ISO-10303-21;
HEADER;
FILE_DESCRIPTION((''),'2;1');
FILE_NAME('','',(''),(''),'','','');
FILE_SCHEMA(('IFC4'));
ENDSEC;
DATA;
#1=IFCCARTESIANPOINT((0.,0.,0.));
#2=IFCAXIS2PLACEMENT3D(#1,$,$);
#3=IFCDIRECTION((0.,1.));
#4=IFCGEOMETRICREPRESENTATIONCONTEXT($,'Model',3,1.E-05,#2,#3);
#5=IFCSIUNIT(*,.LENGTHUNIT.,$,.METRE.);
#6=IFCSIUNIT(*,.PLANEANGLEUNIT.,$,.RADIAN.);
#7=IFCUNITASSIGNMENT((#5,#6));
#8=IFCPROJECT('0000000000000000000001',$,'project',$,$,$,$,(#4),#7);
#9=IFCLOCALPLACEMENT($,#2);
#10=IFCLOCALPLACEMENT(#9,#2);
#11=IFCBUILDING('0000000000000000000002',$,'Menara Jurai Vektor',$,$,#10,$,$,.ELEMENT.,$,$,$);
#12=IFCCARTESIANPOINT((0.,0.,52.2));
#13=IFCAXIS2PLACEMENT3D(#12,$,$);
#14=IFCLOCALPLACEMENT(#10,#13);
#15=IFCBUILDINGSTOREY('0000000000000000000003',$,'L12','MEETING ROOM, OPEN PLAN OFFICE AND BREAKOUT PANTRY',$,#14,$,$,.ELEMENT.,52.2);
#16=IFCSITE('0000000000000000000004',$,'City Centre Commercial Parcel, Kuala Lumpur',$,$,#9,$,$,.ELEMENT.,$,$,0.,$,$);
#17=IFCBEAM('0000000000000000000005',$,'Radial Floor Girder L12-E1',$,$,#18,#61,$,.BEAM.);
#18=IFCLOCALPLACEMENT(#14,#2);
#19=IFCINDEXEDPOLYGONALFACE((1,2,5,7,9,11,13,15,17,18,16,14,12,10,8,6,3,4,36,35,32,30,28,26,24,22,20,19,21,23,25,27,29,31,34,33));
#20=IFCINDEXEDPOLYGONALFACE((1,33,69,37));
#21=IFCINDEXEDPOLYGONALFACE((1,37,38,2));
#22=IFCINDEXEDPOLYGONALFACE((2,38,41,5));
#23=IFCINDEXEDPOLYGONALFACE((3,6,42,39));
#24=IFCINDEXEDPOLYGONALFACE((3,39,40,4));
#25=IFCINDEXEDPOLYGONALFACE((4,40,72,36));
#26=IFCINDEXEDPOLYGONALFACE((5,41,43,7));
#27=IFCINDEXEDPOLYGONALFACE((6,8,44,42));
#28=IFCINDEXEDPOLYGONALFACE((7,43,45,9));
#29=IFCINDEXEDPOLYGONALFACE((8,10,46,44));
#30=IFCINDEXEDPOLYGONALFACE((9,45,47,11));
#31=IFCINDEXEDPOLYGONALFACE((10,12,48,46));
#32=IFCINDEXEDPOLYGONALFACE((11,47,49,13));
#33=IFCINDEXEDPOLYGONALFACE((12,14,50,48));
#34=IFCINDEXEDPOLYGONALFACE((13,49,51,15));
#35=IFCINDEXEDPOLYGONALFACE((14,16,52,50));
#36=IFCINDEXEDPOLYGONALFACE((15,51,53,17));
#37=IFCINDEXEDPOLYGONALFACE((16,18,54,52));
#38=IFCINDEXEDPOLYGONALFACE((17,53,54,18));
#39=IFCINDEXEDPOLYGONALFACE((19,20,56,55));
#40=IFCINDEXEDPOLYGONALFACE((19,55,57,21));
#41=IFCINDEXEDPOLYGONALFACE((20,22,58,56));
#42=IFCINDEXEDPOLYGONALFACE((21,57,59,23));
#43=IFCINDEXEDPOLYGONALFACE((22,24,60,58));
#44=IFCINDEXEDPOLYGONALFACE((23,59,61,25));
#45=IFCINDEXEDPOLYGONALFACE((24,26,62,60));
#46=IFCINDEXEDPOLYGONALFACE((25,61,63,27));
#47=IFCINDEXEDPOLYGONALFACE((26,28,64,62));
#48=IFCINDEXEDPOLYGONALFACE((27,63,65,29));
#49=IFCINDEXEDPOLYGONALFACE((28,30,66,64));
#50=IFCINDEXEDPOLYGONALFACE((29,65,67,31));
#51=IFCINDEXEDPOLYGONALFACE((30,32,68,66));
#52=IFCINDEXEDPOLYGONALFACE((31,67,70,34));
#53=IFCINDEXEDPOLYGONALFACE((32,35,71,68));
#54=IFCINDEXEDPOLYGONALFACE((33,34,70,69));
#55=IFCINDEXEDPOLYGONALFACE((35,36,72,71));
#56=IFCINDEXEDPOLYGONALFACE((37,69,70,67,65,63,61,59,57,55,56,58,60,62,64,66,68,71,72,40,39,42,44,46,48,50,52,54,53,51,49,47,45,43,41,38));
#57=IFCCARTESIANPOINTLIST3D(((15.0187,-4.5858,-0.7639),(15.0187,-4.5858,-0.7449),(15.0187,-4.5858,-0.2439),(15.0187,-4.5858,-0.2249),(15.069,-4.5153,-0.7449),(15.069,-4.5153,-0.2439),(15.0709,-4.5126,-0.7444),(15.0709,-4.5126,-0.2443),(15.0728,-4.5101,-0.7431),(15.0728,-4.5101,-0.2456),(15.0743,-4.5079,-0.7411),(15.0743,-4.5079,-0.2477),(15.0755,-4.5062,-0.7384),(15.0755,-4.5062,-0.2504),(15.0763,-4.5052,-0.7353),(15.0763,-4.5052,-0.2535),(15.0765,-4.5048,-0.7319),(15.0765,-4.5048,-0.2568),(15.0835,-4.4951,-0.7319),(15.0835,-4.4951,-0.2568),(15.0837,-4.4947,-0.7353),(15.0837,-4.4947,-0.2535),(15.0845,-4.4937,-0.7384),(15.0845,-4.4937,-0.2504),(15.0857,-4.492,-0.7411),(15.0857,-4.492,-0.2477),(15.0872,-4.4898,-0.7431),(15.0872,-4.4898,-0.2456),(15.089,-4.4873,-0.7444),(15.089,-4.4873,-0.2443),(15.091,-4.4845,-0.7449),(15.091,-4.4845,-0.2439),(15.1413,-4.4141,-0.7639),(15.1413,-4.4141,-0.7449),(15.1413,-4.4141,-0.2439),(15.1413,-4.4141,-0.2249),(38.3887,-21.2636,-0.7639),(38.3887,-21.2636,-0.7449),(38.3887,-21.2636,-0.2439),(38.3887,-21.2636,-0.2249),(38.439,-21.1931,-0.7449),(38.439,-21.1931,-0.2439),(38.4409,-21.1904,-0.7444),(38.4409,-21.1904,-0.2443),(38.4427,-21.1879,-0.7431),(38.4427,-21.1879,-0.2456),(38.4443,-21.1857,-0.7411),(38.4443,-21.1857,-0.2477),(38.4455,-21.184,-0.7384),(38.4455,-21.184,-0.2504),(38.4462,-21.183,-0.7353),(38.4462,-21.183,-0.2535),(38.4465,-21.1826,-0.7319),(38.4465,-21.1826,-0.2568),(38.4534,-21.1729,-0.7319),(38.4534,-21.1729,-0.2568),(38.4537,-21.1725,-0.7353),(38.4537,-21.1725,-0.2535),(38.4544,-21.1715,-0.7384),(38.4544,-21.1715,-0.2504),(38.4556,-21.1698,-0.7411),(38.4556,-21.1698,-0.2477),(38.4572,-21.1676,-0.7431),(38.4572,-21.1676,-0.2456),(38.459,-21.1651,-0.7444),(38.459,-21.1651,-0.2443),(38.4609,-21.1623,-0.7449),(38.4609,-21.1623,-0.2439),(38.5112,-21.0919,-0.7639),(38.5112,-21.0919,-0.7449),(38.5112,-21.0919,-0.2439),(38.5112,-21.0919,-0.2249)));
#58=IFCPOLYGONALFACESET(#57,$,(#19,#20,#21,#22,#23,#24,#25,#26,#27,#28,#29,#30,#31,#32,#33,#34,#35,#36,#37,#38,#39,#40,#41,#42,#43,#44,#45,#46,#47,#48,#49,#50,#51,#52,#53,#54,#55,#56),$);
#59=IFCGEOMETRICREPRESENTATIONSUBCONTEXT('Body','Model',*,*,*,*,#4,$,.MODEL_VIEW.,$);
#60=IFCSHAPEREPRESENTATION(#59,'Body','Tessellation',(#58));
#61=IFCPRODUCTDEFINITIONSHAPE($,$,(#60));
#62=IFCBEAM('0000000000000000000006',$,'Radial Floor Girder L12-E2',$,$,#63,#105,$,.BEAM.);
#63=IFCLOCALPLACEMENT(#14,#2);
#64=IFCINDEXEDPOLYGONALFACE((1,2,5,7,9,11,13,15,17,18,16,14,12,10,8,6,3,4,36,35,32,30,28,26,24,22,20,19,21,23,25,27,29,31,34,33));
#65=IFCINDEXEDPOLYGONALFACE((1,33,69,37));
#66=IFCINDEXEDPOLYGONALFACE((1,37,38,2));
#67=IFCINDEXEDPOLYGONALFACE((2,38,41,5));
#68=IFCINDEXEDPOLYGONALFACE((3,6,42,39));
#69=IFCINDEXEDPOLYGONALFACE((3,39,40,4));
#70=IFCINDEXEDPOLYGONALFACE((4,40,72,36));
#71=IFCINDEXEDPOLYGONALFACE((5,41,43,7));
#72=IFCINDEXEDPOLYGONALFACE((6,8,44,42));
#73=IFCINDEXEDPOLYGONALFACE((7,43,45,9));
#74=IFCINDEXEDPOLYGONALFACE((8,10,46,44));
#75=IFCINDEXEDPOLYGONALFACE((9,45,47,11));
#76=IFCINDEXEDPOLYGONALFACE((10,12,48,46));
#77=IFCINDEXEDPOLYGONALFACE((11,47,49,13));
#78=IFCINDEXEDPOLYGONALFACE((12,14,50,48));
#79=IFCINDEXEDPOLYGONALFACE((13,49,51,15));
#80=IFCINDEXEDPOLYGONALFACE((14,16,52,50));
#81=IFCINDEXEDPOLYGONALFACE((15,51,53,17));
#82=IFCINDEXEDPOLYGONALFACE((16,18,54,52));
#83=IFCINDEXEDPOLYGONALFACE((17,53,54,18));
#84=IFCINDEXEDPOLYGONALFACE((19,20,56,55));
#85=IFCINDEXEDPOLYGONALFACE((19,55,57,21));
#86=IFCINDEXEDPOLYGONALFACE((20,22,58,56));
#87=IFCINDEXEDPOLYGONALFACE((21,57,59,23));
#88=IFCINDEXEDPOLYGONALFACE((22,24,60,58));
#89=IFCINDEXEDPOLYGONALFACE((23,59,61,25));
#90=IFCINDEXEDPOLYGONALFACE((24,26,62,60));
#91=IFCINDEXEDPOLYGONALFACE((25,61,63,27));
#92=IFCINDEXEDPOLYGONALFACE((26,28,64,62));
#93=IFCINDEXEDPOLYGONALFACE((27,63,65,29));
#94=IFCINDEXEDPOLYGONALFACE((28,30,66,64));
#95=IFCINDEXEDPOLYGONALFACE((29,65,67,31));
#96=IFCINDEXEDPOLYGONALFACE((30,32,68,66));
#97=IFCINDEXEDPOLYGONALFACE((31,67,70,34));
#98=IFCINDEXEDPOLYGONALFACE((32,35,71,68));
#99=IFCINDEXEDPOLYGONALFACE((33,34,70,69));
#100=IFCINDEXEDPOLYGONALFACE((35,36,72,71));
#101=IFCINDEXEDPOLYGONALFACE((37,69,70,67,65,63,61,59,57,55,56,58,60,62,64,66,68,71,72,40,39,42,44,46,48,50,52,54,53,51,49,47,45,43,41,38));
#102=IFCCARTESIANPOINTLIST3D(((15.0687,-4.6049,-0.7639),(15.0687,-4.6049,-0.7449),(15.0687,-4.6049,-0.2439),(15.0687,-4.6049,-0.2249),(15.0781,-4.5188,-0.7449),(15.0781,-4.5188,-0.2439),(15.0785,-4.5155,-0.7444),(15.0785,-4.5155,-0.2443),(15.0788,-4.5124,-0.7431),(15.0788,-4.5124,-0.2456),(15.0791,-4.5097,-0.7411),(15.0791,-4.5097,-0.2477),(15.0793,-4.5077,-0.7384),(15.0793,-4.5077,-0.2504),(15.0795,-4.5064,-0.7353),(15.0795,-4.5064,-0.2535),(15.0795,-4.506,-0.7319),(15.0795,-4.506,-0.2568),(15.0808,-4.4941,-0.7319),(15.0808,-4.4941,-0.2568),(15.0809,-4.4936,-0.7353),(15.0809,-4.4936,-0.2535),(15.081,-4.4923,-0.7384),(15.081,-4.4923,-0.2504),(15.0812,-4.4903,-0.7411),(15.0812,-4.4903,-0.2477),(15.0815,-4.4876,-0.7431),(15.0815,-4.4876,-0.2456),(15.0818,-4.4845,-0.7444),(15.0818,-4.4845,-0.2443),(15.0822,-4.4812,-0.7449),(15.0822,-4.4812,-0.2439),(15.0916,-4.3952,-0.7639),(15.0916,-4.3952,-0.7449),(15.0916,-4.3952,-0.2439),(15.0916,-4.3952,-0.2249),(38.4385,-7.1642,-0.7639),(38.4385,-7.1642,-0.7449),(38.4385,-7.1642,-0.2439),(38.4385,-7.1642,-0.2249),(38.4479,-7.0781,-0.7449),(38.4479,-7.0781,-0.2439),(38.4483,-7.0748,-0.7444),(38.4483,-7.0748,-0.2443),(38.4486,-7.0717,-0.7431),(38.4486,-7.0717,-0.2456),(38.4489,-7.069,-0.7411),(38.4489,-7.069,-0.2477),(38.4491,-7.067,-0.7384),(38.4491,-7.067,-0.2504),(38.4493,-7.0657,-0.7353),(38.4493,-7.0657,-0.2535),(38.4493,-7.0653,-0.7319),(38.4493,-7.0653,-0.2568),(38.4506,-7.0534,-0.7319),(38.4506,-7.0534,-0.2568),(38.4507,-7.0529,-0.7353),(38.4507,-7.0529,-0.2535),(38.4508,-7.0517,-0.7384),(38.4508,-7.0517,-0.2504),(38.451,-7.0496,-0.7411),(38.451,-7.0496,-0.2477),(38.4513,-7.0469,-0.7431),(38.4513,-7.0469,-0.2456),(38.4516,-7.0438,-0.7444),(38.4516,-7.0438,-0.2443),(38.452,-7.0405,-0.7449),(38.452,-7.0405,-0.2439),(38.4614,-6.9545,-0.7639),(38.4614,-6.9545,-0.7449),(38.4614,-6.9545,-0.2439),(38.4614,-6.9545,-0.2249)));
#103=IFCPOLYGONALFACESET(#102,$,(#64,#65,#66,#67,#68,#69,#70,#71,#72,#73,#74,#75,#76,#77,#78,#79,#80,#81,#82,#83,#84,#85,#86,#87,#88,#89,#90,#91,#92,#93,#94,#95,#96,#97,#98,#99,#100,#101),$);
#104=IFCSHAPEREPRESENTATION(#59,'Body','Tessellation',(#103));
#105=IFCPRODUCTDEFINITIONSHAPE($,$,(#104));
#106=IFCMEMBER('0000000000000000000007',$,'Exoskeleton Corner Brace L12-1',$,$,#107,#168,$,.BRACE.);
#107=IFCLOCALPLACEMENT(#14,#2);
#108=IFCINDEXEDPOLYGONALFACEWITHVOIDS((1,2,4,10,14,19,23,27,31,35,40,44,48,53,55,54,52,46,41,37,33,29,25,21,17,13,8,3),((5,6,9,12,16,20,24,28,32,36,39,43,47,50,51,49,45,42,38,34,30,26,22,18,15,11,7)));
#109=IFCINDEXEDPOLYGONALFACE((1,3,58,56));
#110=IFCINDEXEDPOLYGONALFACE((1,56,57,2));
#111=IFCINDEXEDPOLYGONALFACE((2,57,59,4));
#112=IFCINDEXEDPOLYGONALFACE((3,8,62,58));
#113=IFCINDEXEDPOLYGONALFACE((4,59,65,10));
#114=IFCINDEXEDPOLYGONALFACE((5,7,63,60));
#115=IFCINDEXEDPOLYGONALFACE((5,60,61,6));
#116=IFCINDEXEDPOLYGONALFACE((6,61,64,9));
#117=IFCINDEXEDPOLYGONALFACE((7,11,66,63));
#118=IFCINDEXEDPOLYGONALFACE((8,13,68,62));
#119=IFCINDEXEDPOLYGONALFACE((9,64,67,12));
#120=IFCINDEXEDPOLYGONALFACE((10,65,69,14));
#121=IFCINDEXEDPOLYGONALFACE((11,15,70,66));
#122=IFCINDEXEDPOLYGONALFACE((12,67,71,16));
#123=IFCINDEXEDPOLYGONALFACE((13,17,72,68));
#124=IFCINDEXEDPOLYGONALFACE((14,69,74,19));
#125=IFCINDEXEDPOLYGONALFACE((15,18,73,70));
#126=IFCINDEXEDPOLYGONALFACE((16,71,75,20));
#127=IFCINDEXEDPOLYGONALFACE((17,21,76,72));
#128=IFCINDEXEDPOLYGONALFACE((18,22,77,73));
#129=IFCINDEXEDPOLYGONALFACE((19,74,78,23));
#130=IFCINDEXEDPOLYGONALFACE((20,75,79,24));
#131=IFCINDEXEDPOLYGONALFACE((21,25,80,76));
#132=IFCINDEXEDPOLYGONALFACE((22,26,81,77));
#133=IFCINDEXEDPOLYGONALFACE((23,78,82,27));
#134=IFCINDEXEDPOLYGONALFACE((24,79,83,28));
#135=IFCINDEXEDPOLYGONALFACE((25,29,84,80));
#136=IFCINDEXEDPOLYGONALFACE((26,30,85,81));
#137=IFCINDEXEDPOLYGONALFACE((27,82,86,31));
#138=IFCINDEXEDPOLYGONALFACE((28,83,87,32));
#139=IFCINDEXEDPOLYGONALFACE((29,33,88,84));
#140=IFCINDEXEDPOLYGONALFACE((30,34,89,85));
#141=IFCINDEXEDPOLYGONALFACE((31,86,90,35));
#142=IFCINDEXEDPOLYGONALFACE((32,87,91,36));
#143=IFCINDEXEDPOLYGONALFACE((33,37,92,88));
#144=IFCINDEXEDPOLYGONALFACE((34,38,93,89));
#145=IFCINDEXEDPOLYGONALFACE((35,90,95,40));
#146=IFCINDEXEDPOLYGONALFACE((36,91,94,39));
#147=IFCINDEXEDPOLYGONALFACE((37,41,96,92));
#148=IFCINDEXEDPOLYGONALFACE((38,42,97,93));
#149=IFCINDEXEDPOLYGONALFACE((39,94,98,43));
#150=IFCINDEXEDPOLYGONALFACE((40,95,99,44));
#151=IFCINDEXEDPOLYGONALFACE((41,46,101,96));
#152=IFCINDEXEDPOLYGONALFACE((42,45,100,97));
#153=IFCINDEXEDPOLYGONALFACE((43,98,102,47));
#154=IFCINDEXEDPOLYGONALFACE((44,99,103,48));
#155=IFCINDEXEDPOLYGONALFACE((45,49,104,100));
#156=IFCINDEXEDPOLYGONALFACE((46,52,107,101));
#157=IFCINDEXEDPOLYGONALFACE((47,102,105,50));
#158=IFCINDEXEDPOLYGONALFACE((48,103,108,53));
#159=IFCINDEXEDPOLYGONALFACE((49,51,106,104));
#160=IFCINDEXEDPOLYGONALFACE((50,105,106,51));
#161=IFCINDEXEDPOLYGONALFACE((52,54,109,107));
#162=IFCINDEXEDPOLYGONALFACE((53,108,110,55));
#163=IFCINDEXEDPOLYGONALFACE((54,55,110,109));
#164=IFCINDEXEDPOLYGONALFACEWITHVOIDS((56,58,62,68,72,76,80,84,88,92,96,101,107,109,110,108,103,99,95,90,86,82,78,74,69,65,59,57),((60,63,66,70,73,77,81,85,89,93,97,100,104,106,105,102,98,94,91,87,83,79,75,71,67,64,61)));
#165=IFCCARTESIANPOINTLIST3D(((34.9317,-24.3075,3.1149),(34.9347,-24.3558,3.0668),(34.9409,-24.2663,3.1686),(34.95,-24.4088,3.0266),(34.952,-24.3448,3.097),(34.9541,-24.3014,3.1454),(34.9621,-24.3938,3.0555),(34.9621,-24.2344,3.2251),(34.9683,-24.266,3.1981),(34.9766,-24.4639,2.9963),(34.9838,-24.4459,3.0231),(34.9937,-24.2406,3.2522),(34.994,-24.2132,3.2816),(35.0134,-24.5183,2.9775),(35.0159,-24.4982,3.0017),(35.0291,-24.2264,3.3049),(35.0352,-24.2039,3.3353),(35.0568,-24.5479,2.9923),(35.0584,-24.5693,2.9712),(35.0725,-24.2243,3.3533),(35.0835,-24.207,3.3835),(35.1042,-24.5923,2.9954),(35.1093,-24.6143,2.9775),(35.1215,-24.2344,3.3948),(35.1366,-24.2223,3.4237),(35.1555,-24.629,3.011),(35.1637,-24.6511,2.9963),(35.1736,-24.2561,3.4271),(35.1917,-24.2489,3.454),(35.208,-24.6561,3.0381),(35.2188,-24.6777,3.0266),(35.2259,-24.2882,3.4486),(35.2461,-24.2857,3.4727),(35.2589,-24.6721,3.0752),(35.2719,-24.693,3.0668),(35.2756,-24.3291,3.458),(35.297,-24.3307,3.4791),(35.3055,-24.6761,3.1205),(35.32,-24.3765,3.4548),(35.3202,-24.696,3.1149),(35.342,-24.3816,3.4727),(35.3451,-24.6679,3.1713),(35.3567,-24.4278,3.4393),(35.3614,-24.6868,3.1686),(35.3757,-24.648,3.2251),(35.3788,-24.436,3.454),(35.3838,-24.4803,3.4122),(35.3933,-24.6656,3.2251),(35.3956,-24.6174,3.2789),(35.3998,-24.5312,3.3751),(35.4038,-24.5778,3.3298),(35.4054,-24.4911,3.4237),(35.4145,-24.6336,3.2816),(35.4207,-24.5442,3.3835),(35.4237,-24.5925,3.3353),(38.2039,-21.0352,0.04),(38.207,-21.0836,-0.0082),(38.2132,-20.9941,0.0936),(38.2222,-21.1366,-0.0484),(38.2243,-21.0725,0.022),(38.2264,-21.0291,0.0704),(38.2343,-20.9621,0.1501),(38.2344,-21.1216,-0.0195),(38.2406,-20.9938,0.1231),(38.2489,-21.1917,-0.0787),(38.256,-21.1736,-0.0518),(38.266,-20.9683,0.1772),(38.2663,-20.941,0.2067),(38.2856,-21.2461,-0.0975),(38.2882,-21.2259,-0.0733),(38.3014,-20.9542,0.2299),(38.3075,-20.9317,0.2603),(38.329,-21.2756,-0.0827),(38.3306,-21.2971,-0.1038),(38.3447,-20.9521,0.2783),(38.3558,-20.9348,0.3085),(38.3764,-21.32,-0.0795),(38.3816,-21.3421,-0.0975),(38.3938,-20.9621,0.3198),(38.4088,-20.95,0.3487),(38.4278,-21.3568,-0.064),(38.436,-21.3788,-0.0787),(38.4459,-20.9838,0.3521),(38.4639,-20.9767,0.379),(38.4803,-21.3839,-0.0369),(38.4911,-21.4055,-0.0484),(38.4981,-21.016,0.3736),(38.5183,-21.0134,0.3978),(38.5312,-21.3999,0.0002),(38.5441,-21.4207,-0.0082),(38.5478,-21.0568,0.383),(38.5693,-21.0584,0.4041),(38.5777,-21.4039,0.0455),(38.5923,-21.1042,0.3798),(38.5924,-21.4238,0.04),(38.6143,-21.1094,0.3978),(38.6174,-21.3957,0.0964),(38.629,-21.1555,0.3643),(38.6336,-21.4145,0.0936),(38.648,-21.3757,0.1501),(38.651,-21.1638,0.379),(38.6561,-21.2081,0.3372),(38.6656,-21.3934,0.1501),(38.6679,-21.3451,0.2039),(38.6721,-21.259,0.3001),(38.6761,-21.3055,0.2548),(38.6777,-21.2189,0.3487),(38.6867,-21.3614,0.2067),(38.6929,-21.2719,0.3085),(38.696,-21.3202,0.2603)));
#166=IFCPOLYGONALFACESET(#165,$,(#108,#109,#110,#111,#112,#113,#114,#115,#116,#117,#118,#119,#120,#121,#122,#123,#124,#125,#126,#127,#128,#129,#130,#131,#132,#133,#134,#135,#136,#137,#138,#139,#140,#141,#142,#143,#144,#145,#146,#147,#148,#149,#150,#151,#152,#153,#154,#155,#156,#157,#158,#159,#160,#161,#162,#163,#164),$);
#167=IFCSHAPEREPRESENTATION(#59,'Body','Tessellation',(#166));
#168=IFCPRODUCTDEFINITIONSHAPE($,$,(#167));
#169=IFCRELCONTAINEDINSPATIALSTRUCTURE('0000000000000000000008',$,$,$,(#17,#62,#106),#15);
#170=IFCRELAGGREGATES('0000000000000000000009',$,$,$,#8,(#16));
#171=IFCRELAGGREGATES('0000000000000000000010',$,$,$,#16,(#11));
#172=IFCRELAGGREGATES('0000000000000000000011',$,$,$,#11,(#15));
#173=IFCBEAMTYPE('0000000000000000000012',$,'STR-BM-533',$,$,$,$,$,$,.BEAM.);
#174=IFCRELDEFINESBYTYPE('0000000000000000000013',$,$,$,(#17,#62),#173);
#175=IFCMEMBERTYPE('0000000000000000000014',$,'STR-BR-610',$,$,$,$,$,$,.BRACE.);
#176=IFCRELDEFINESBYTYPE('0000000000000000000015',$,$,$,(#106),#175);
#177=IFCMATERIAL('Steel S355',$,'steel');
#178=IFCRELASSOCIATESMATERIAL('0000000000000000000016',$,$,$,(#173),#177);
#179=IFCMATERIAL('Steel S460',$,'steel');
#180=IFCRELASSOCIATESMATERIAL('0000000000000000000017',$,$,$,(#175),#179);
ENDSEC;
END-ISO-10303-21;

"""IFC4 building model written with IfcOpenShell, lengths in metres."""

from ifc_helpers import new_model, si_unit, direction, frame, origin, origin_2d, place, context, subcontext, project, spatial, hollow_circle, i_section, extrude, material, material_profile, profile_set, type_object, element, save


model = new_model("IFC4")

# Units and contexts
model_context = context("Model", 3, precision=1e-05, world=origin(), true_north=direction((0.0, 1.0)))
body_context = subcontext(model_context, "Body", "Model", "MODEL_VIEW")
ifc_project = project(units=[si_unit("LENGTHUNIT", "METRE"), si_unit("PLANEANGLEUNIT", "RADIAN")], contexts=[model_context])

# Site, building, storey
site_placement = place(None, origin())
site = spatial("IfcSite", under=ifc_project, at=site_placement, Name="City Centre Commercial Parcel, Kuala Lumpur", CompositionType="ELEMENT", RefElevation=0.0)
building_placement = place(site_placement, origin())
building = spatial("IfcBuilding", under=site, at=building_placement, Name="Menara Jurai Vektor", CompositionType="ELEMENT")
storey_placement = place(building_placement, frame((0.0, 0.0, 52.2)))
storey = spatial("IfcBuildingStorey", under=building, at=storey_placement, Name="L12", Description="MEETING ROOM, OPEN PLAN OFFICE AND BREAKOUT PANTRY", CompositionType="ELEMENT", Elevation=52.2)

# Shared definitions
ifc_material_1 = material(Name="Steel S460", Category="steel")

# Beams
ifc_material_2 = material(Name="Steel S355", Category="steel")
ifc_material_profile_1 = material_profile(ifc_material_2, i_section(OverallWidth=0.2109, OverallDepth=0.5391, WebThickness=0.012, FlangeThickness=0.019, FilletRadius=0.0129, at=origin_2d()), Name="UKB 533x210x109")
ifc_profile_set_1 = profile_set([ifc_material_profile_1], Name="Steel S355")
beam_type_1 = type_object("IfcBeamType", Name="STR-BM-533", PredefinedType="BEAM", material=ifc_profile_set_1)
beam_1_placement = place(storey_placement, frame((38.45, -21.1777, -0.4944), z_axis=(-0.813981, 0.580891, 0.0), x_axis=(-0.580891, -0.813981, 0.0)))
element("IfcBeam", 1, at=beam_1_placement, inside=storey, type_object=beam_type_1, Name="Radial Floor Girder L12-E1", PredefinedType="BEAM", context=body_context, shape_type="SweptSolid", body=[
    extrude(i_section(OverallWidth=0.2109, OverallDepth=0.5391, WebThickness=0.012, FlangeThickness=0.019, FilletRadius=0.0129, at=origin_2d()), origin(), (0.0, 0.0, 1.0), 28.7107),
])
beam_2_placement = place(storey_placement, frame((38.45, -7.0593, -0.4944), z_axis=(-0.994057, 0.108863, 0.0), x_axis=(-0.108863, -0.994057, 0.0)))
element("IfcBeam", 2, at=beam_2_placement, inside=storey, type_object=beam_type_1, Name="Radial Floor Girder L12-E2", PredefinedType="BEAM", context=body_context, shape_type="SweptSolid", body=[
    extrude(i_section(OverallWidth=0.2109, OverallDepth=0.5391, WebThickness=0.012, FlangeThickness=0.019, FilletRadius=0.0129, at=origin_2d()), origin(), (0.0, 0.0, 1.0), 23.5095),
])

# Member
ifc_material_profile_2 = material_profile(ifc_material_1, hollow_circle(Radius=0.3049, WallThickness=0.0249, at=origin_2d()), Name="CHS 610x25")
ifc_profile_set_2 = profile_set([ifc_material_profile_2], Name="Steel S460")
member_type_1 = type_object("IfcMemberType", Name="STR-BR-610", PredefinedType="BRACE", material=ifc_profile_set_2)
member_1_placement = place(storey_placement, frame((38.45, -21.1777, 0.1501), z_axis=(-0.588942, -0.588942, 0.553438), x_axis=(0.707107, -0.707107, 0.0)))
element("IfcMember", 3, at=member_1_placement, inside=storey, type_object=member_type_1, Name="Exoskeleton Corner Brace L12-1", PredefinedType="BRACE", context=body_context, shape_type="SweptSolid", body=[
    extrude(hollow_circle(Radius=0.3049, WallThickness=0.0249, at=origin_2d()), origin(), (0.0, 0.0, 1.0), 5.5562),
])

save(model, "model.ifc")
